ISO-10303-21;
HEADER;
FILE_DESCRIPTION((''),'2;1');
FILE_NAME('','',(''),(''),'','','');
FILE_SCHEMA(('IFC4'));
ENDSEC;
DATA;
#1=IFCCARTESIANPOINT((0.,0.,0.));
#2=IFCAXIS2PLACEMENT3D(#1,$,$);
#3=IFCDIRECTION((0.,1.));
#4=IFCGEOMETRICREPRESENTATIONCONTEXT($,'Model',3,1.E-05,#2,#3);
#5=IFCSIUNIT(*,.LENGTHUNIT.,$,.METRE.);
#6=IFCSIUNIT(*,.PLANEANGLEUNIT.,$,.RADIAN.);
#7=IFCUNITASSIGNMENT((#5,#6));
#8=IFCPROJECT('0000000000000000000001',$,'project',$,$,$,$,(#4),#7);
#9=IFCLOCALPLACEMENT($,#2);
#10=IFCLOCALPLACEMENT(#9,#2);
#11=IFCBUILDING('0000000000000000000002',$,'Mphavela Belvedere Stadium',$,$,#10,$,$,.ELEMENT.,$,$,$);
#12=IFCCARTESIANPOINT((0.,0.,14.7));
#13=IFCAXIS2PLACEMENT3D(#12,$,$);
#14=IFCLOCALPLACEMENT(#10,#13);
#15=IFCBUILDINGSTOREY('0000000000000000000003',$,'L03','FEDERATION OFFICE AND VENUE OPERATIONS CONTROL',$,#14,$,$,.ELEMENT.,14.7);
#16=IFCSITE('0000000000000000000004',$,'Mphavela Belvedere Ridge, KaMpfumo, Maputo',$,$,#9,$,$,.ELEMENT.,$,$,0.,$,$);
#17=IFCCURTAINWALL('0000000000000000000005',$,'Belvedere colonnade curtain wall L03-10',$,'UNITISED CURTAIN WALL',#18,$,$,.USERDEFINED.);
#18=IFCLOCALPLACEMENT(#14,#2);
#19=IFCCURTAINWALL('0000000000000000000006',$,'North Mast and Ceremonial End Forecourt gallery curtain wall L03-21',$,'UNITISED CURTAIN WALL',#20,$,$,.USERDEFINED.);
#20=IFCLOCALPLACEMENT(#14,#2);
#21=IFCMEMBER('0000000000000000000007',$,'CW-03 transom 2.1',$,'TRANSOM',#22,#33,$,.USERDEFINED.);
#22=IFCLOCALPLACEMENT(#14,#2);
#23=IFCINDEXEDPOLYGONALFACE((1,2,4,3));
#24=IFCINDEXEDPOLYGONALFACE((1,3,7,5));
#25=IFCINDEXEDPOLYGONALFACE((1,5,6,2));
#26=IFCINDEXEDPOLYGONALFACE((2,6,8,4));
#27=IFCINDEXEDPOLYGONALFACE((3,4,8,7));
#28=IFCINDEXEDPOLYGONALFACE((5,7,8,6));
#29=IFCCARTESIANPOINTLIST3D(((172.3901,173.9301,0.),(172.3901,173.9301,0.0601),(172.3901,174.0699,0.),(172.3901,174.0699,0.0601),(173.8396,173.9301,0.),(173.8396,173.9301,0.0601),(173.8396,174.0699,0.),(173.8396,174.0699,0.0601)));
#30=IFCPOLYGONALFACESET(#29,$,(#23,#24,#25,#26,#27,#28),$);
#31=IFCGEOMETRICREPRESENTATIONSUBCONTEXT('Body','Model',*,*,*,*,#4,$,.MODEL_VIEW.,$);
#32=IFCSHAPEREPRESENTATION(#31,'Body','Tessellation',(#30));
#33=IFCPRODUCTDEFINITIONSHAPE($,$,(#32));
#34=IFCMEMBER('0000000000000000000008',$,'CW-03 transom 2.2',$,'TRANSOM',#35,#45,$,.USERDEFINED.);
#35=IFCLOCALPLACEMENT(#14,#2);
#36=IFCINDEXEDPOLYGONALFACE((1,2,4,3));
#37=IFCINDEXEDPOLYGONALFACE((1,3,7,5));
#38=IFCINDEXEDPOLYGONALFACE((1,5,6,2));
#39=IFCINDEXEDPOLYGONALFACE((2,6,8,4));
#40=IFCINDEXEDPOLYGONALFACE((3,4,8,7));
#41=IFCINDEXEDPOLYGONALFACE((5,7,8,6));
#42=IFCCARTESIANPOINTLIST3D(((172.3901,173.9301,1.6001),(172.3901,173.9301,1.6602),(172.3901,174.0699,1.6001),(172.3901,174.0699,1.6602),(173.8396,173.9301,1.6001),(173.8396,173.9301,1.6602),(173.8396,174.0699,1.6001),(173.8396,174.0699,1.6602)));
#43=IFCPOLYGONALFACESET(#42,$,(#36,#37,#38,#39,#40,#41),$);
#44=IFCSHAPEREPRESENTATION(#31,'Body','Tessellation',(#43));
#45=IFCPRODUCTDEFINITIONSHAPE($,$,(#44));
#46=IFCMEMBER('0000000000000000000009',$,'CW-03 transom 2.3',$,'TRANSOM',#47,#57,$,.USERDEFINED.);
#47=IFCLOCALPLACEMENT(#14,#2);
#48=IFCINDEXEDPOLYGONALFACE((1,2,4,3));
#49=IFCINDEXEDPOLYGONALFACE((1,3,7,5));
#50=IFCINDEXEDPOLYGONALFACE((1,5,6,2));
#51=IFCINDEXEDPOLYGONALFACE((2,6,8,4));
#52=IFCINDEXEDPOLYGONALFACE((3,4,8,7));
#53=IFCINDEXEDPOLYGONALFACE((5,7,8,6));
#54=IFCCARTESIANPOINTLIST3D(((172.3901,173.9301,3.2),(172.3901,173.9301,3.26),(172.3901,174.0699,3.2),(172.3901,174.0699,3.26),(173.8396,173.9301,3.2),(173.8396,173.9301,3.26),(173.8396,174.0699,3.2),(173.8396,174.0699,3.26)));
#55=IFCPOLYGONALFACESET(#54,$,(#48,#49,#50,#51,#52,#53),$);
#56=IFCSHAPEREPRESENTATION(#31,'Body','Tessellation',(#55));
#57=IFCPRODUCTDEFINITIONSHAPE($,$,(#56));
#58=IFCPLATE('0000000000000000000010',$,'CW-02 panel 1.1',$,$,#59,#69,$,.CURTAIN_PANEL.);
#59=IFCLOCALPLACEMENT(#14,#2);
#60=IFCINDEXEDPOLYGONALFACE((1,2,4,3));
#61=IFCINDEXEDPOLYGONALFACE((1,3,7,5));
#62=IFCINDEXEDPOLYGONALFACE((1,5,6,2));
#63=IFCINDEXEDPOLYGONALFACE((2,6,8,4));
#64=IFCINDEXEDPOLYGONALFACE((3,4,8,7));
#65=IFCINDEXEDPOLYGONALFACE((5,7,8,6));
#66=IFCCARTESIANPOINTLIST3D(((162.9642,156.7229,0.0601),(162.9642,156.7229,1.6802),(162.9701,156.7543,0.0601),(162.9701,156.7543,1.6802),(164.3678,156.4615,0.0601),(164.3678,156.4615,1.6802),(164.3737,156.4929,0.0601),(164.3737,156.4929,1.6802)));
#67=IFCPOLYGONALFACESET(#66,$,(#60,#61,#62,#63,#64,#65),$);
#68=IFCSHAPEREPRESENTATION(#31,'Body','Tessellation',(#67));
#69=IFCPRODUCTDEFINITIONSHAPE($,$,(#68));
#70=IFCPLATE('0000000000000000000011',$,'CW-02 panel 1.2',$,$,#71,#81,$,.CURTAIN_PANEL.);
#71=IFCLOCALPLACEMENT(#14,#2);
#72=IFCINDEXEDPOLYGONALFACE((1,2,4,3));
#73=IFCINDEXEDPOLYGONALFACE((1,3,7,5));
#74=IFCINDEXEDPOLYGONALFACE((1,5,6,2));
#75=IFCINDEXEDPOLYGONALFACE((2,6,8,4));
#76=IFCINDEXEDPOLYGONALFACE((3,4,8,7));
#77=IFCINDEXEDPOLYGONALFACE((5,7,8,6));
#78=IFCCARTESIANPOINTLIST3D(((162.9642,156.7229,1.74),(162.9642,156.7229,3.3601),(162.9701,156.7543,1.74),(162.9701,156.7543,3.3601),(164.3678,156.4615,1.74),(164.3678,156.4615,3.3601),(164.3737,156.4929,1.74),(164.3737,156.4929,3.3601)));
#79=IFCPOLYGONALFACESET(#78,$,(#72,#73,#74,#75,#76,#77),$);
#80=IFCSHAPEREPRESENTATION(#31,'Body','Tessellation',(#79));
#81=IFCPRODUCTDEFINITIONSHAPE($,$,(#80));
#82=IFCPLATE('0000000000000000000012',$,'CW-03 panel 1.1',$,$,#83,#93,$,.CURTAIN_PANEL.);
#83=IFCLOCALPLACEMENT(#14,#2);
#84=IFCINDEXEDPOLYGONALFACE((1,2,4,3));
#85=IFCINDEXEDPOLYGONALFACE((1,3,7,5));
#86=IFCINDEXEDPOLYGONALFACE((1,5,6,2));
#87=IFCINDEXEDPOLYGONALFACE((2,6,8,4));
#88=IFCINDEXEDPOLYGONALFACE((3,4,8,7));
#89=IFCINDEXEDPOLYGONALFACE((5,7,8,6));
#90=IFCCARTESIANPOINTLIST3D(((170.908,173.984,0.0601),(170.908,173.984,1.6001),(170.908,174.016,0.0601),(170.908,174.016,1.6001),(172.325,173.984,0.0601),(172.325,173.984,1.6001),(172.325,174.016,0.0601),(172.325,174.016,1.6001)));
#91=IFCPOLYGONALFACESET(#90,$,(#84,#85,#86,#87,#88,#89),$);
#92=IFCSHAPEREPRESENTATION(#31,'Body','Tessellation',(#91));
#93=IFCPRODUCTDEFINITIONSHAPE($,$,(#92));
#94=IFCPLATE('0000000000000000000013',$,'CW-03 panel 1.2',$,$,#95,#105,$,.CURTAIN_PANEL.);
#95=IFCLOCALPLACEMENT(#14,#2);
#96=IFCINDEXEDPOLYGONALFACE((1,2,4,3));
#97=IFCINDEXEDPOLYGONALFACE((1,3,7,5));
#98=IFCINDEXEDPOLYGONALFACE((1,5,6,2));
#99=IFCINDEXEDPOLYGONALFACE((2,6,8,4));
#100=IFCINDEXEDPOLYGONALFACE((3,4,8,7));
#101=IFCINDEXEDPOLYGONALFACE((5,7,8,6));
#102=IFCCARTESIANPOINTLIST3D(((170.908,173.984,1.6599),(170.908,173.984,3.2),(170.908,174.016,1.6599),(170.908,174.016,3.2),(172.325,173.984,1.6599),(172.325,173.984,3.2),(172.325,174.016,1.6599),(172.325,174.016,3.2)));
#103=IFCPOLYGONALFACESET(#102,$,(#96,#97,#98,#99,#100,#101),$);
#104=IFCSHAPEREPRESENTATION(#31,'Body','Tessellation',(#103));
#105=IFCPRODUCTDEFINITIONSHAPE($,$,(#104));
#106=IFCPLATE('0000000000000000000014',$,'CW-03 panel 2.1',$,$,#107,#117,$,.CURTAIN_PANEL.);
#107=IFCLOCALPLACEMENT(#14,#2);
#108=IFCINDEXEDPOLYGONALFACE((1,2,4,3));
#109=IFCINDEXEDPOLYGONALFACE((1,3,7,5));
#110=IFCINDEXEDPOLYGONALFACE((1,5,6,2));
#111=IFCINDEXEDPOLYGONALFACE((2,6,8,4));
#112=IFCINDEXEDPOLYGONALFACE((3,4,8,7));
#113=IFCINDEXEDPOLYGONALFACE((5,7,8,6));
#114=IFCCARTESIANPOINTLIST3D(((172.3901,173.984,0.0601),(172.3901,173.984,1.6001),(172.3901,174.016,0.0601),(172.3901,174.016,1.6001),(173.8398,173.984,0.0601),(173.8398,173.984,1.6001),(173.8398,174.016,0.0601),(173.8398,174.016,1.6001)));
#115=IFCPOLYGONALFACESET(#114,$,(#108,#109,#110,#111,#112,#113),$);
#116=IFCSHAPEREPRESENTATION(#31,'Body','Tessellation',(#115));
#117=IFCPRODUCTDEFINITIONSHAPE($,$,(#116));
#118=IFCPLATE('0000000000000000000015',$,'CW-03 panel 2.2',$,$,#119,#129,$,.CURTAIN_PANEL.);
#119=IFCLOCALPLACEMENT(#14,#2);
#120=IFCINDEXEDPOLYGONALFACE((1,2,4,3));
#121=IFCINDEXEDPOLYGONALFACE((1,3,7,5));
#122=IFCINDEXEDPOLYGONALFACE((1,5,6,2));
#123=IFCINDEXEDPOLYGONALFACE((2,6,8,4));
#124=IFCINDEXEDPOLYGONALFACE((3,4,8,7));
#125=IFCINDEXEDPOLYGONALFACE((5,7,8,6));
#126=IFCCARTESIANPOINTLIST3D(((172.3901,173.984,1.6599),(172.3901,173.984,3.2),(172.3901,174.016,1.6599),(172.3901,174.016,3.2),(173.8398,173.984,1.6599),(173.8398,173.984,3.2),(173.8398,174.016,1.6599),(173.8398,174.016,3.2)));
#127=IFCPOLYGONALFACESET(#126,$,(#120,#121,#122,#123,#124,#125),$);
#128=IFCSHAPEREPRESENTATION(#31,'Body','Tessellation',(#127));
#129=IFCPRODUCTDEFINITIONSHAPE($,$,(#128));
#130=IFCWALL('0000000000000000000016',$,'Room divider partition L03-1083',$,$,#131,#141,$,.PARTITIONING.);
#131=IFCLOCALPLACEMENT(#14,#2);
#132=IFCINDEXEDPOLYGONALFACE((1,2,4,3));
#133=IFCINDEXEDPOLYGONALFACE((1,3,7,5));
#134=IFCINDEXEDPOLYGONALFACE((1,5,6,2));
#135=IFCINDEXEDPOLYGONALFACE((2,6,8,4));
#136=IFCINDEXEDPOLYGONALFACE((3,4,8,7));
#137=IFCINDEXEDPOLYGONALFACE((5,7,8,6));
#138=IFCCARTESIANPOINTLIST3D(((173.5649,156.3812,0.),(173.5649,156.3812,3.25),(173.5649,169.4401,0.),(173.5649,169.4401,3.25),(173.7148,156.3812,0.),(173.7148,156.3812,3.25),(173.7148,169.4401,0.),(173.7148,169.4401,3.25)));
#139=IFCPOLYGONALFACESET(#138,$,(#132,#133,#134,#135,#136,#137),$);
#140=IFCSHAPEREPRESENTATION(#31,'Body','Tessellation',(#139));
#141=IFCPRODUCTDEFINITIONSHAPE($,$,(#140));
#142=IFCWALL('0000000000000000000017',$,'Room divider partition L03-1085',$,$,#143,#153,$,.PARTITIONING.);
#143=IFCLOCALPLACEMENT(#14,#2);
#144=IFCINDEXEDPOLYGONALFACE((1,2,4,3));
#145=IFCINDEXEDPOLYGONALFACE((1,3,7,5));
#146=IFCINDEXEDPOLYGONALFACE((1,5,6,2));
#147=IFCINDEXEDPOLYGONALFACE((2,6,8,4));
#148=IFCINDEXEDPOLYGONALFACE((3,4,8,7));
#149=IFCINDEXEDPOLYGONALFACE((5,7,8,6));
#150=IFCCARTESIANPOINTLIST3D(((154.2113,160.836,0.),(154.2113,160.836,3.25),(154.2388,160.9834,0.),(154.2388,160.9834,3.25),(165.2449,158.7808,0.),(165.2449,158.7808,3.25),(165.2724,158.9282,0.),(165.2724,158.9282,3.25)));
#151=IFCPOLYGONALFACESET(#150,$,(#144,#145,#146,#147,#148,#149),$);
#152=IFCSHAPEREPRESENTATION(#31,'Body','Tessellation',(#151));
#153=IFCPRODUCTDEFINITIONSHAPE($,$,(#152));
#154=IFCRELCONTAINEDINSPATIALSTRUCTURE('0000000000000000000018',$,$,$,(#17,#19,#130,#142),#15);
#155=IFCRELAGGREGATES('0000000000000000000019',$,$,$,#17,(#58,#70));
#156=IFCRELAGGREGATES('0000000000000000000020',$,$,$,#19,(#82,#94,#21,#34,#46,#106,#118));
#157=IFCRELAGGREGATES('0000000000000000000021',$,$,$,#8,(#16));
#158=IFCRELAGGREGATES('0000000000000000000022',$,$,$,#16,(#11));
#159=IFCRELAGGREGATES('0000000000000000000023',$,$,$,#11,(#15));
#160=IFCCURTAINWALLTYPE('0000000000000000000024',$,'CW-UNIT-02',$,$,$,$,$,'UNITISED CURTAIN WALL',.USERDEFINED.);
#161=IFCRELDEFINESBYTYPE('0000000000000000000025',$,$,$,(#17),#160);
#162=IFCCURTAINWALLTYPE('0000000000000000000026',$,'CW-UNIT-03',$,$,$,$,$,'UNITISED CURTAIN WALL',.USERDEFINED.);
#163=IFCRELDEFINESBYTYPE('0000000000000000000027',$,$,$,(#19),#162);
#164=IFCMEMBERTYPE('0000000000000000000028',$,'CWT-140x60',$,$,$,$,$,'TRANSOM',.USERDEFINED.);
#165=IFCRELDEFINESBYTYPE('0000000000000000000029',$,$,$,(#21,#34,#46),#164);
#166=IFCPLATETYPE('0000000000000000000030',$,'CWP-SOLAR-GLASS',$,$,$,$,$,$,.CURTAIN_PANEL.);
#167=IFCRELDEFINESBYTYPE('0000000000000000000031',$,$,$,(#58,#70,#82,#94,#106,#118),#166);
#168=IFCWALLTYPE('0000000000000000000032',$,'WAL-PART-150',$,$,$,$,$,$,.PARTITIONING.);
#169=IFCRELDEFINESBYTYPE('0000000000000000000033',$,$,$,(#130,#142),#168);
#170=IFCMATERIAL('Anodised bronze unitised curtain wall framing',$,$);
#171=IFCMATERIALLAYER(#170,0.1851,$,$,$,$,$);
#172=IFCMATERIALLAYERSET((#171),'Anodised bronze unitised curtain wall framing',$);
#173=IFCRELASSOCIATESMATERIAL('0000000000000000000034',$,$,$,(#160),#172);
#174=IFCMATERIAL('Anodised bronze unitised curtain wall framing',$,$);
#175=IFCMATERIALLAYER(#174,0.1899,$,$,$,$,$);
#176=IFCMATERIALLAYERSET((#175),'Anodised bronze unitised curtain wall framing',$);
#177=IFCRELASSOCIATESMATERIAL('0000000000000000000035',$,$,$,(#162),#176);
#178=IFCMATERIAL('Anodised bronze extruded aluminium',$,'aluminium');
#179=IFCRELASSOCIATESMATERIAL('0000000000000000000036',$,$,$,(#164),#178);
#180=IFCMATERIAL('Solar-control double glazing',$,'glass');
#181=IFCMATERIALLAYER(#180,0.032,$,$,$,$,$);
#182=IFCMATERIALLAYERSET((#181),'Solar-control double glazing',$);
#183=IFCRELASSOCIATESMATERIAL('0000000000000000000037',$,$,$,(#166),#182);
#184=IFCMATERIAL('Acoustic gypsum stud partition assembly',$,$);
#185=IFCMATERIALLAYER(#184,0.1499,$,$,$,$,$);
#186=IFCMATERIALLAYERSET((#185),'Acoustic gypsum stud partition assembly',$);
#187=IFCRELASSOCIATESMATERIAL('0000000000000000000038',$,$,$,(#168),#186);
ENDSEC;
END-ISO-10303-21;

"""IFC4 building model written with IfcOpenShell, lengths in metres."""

from ifc_helpers import new_model, si_unit, direction, frame, frame_2d, origin, origin_2d, place, context, subcontext, project, spatial, rectangle, extrude, material, layer, layer_set, material_profile, profile_set, type_object, element, aggregate, save


model = new_model("IFC4")

# Units and contexts
model_context = context("Model", 3, precision=1e-05, world=origin(), true_north=direction((0.0, 1.0)))
body_context = subcontext(model_context, "Body", "Model", "MODEL_VIEW")
ifc_project = project(units=[si_unit("LENGTHUNIT", "METRE"), si_unit("PLANEANGLEUNIT", "RADIAN")], contexts=[model_context])

# Site, building, storey
site_placement = place(None, origin())
site = spatial("IfcSite", under=ifc_project, at=site_placement, Name="Mphavela Belvedere Ridge, KaMpfumo, Maputo", CompositionType="ELEMENT", RefElevation=0.0)
building_placement = place(site_placement, origin())
building = spatial("IfcBuilding", under=site, at=building_placement, Name="Mphavela Belvedere Stadium", CompositionType="ELEMENT")
storey_placement = place(building_placement, frame((0.0, 0.0, 14.7)))
storey = spatial("IfcBuildingStorey", under=building, at=storey_placement, Name="L03", Description="FEDERATION OFFICE AND VENUE OPERATIONS CONTROL", CompositionType="ELEMENT", Elevation=14.7)

# Curtain walls
ifc_material_1 = material(Name="Anodised bronze unitised curtain wall framing")
ifc_layer_1 = layer(ifc_material_1, 0.1851)
ifc_layer_set_1 = layer_set([ifc_layer_1], Name="Anodised bronze unitised curtain wall framing")
curtain_wall_type_1 = type_object("IfcCurtainWallType", Name="CW-UNIT-02", ElementType="UNITISED CURTAIN WALL", PredefinedType="USERDEFINED", material=ifc_layer_set_1)
curtain_wall_1_placement = place(storey_placement, origin())
curtain_wall_1 = element("IfcCurtainWall", 1, at=curtain_wall_1_placement, inside=storey, type_object=curtain_wall_type_1, Name="Belvedere colonnade curtain wall L03-10", ObjectType="UNITISED CURTAIN WALL", PredefinedType="USERDEFINED")
ifc_material_2 = material(Name="Anodised bronze unitised curtain wall framing")
ifc_layer_2 = layer(ifc_material_2, 0.1899)
ifc_layer_set_2 = layer_set([ifc_layer_2], Name="Anodised bronze unitised curtain wall framing")
curtain_wall_type_2 = type_object("IfcCurtainWallType", Name="CW-UNIT-03", ElementType="UNITISED CURTAIN WALL", PredefinedType="USERDEFINED", material=ifc_layer_set_2)
curtain_wall_2_placement = place(storey_placement, origin())
curtain_wall_2 = element("IfcCurtainWall", 2, at=curtain_wall_2_placement, inside=storey, type_object=curtain_wall_type_2, Name="North Mast and Ceremonial End Forecourt gallery curtain wall L03-21", ObjectType="UNITISED CURTAIN WALL", PredefinedType="USERDEFINED")

# Members
ifc_material_3 = material(Name="Anodised bronze extruded aluminium", Category="aluminium")
ifc_material_profile_1 = material_profile(ifc_material_3, rectangle(XDim=0.1399, YDim=0.0601, at=origin_2d()), Name="CW-TRN 140x60")
ifc_profile_set_1 = profile_set([ifc_material_profile_1], Name="Anodised bronze extruded aluminium")
member_type_1 = type_object("IfcMemberType", Name="CWT-140x60", ElementType="TRANSOM", PredefinedType="USERDEFINED", material=ifc_profile_set_1)
member_1_placement = place(storey_placement, frame((172.3901, 174.0, 0.03), z_axis=(1.0, 0.0, 0.0), x_axis=(0.0, 1.0, 0.0)))
member_1 = element("IfcMember", 3, at=member_1_placement, type_object=member_type_1, Name="CW-03 transom 2.1", ObjectType="TRANSOM", PredefinedType="USERDEFINED", context=body_context, shape_type="SweptSolid", body=[
    extrude(rectangle(XDim=0.1399, YDim=0.0601, at=origin_2d()), origin(), (0.0, 0.0, 1.0), 1.4495),
])
member_2_placement = place(storey_placement, frame((172.3901, 174.0, 1.6301), z_axis=(1.0, 0.0, 0.0), x_axis=(0.0, 1.0, 0.0)))
member_2 = element("IfcMember", 4, at=member_2_placement, type_object=member_type_1, Name="CW-03 transom 2.2", ObjectType="TRANSOM", PredefinedType="USERDEFINED", context=body_context, shape_type="SweptSolid", body=[
    extrude(rectangle(XDim=0.1399, YDim=0.0601, at=origin_2d()), origin(), (0.0, 0.0, 1.0), 1.4495),
])
member_3_placement = place(storey_placement, frame((172.3901, 174.0, 3.23), z_axis=(1.0, 0.0, 0.0), x_axis=(0.0, 1.0, 0.0)))
member_3 = element("IfcMember", 5, at=member_3_placement, type_object=member_type_1, Name="CW-03 transom 2.3", ObjectType="TRANSOM", PredefinedType="USERDEFINED", context=body_context, shape_type="SweptSolid", body=[
    extrude(rectangle(XDim=0.1399, YDim=0.0601, at=origin_2d()), origin(), (0.0, 0.0, 1.0), 1.4495),
])

# Plates
ifc_material_4 = material(Name="Solar-control double glazing", Category="glass")
ifc_layer_3 = layer(ifc_material_4, 0.032)
ifc_layer_set_3 = layer_set([ifc_layer_3], Name="Solar-control double glazing")
plate_type = type_object("IfcPlateType", Name="CWP-SOLAR-GLASS", PredefinedType="CURTAIN_PANEL", material=ifc_layer_set_3)
plate_1_placement = place(storey_placement, frame((163.6689, 156.6079, 0.0601), z_axis=(0.0, 0.0, 1.0), x_axis=(-0.983097, 0.183088, 0.0)))
plate_1 = element("IfcPlate", 6, at=plate_1_placement, type_object=plate_type, Name="CW-02 panel 1.1", PredefinedType="CURTAIN_PANEL", context=body_context, shape_type="SweptSolid", body=[
    extrude(rectangle(XDim=1.4277, YDim=0.032, at=origin_2d()), origin(), (0.0, 0.0, 1.0), 1.6201),
])
plate_2_placement = place(storey_placement, frame((163.6689, 156.6079, 1.74), z_axis=(0.0, 0.0, 1.0), x_axis=(-0.983097, 0.183088, 0.0)))
plate_2 = element("IfcPlate", 7, at=plate_2_placement, type_object=plate_type, Name="CW-02 panel 1.2", PredefinedType="CURTAIN_PANEL", context=body_context, shape_type="SweptSolid", body=[
    extrude(rectangle(XDim=1.4277, YDim=0.032, at=origin_2d()), origin(), (0.0, 0.0, 1.0), 1.6201),
])
aggregate(curtain_wall_1, [plate_1, plate_2])
plate_3_placement = place(storey_placement, frame((171.6165, 174.0, 0.0601), z_axis=(0.0, 0.0, 1.0), x_axis=(1.0, 0.0, 0.0)))
plate_3 = element("IfcPlate", 8, at=plate_3_placement, type_object=plate_type, Name="CW-03 panel 1.1", PredefinedType="CURTAIN_PANEL", context=body_context, shape_type="SweptSolid", body=[
    extrude(rectangle(XDim=1.417, YDim=0.032, at=origin_2d()), origin(), (0.0, 0.0, 1.0), 1.54),
])
plate_4_placement = place(storey_placement, frame((171.6165, 174.0, 1.6599), z_axis=(0.0, 0.0, 1.0), x_axis=(1.0, 0.0, 0.0)))
plate_4 = element("IfcPlate", 9, at=plate_4_placement, type_object=plate_type, Name="CW-03 panel 1.2", PredefinedType="CURTAIN_PANEL", context=body_context, shape_type="SweptSolid", body=[
    extrude(rectangle(XDim=1.417, YDim=0.032, at=origin_2d()), origin(), (0.0, 0.0, 1.0), 1.54),
])
plate_5_placement = place(storey_placement, frame((173.115, 174.0, 0.0601), z_axis=(0.0, 0.0, 1.0), x_axis=(1.0, 0.0, 0.0)))
plate_5 = element("IfcPlate", 10, at=plate_5_placement, type_object=plate_type, Name="CW-03 panel 2.1", PredefinedType="CURTAIN_PANEL", context=body_context, shape_type="SweptSolid", body=[
    extrude(rectangle(XDim=1.4497, YDim=0.032, at=origin_2d()), origin(), (0.0, 0.0, 1.0), 1.54),
])
plate_6_placement = place(storey_placement, frame((173.115, 174.0, 1.6599), z_axis=(0.0, 0.0, 1.0), x_axis=(1.0, 0.0, 0.0)))
plate_6 = element("IfcPlate", 11, at=plate_6_placement, type_object=plate_type, Name="CW-03 panel 2.2", PredefinedType="CURTAIN_PANEL", context=body_context, shape_type="SweptSolid", body=[
    extrude(rectangle(XDim=1.4497, YDim=0.032, at=origin_2d()), origin(), (0.0, 0.0, 1.0), 1.54),
])
aggregate(curtain_wall_2, [plate_3, plate_4, member_1, member_2, member_3, plate_5, plate_6])

# Walls
ifc_material_5 = material(Name="Acoustic gypsum stud partition assembly")
ifc_layer_4 = layer(ifc_material_5, 0.1499)
ifc_layer_set_4 = layer_set([ifc_layer_4], Name="Acoustic gypsum stud partition assembly")
wall_type = type_object("IfcWallType", Name="WAL-PART-150", PredefinedType="PARTITIONING", material=ifc_layer_set_4)
wall_1_placement = place(storey_placement, frame((173.6399, 169.4399, 0.0), z_axis=(0.0, 0.0, 1.0), x_axis=(0.0, -1.0, 0.0)))
element("IfcWall", 12, at=wall_1_placement, inside=storey, type_object=wall_type, Name="Room divider partition L03-1083", PredefinedType="PARTITIONING", context=body_context, shape_type="SweptSolid", body=[
    extrude(rectangle(XDim=13.0588, YDim=0.1499, at=frame_2d((6.5293, 0.0))), origin(), (0.0, 0.0, 1.0), 3.25),
])
wall_2_placement = place(storey_placement, frame((165.2588, 158.8545, 0.0), z_axis=(0.0, 0.0, 1.0), x_axis=(-0.983092, 0.183114, 0.0)))
element("IfcWall", 13, at=wall_2_placement, inside=storey, type_object=wall_type, Name="Room divider partition L03-1085", PredefinedType="PARTITIONING", context=body_context, shape_type="SweptSolid", body=[
    extrude(rectangle(XDim=11.2234, YDim=0.1499, at=frame_2d((5.6118, 0.0))), origin(), (0.0, 0.0, 1.0), 3.25),
])

save(model, "model.ifc")
